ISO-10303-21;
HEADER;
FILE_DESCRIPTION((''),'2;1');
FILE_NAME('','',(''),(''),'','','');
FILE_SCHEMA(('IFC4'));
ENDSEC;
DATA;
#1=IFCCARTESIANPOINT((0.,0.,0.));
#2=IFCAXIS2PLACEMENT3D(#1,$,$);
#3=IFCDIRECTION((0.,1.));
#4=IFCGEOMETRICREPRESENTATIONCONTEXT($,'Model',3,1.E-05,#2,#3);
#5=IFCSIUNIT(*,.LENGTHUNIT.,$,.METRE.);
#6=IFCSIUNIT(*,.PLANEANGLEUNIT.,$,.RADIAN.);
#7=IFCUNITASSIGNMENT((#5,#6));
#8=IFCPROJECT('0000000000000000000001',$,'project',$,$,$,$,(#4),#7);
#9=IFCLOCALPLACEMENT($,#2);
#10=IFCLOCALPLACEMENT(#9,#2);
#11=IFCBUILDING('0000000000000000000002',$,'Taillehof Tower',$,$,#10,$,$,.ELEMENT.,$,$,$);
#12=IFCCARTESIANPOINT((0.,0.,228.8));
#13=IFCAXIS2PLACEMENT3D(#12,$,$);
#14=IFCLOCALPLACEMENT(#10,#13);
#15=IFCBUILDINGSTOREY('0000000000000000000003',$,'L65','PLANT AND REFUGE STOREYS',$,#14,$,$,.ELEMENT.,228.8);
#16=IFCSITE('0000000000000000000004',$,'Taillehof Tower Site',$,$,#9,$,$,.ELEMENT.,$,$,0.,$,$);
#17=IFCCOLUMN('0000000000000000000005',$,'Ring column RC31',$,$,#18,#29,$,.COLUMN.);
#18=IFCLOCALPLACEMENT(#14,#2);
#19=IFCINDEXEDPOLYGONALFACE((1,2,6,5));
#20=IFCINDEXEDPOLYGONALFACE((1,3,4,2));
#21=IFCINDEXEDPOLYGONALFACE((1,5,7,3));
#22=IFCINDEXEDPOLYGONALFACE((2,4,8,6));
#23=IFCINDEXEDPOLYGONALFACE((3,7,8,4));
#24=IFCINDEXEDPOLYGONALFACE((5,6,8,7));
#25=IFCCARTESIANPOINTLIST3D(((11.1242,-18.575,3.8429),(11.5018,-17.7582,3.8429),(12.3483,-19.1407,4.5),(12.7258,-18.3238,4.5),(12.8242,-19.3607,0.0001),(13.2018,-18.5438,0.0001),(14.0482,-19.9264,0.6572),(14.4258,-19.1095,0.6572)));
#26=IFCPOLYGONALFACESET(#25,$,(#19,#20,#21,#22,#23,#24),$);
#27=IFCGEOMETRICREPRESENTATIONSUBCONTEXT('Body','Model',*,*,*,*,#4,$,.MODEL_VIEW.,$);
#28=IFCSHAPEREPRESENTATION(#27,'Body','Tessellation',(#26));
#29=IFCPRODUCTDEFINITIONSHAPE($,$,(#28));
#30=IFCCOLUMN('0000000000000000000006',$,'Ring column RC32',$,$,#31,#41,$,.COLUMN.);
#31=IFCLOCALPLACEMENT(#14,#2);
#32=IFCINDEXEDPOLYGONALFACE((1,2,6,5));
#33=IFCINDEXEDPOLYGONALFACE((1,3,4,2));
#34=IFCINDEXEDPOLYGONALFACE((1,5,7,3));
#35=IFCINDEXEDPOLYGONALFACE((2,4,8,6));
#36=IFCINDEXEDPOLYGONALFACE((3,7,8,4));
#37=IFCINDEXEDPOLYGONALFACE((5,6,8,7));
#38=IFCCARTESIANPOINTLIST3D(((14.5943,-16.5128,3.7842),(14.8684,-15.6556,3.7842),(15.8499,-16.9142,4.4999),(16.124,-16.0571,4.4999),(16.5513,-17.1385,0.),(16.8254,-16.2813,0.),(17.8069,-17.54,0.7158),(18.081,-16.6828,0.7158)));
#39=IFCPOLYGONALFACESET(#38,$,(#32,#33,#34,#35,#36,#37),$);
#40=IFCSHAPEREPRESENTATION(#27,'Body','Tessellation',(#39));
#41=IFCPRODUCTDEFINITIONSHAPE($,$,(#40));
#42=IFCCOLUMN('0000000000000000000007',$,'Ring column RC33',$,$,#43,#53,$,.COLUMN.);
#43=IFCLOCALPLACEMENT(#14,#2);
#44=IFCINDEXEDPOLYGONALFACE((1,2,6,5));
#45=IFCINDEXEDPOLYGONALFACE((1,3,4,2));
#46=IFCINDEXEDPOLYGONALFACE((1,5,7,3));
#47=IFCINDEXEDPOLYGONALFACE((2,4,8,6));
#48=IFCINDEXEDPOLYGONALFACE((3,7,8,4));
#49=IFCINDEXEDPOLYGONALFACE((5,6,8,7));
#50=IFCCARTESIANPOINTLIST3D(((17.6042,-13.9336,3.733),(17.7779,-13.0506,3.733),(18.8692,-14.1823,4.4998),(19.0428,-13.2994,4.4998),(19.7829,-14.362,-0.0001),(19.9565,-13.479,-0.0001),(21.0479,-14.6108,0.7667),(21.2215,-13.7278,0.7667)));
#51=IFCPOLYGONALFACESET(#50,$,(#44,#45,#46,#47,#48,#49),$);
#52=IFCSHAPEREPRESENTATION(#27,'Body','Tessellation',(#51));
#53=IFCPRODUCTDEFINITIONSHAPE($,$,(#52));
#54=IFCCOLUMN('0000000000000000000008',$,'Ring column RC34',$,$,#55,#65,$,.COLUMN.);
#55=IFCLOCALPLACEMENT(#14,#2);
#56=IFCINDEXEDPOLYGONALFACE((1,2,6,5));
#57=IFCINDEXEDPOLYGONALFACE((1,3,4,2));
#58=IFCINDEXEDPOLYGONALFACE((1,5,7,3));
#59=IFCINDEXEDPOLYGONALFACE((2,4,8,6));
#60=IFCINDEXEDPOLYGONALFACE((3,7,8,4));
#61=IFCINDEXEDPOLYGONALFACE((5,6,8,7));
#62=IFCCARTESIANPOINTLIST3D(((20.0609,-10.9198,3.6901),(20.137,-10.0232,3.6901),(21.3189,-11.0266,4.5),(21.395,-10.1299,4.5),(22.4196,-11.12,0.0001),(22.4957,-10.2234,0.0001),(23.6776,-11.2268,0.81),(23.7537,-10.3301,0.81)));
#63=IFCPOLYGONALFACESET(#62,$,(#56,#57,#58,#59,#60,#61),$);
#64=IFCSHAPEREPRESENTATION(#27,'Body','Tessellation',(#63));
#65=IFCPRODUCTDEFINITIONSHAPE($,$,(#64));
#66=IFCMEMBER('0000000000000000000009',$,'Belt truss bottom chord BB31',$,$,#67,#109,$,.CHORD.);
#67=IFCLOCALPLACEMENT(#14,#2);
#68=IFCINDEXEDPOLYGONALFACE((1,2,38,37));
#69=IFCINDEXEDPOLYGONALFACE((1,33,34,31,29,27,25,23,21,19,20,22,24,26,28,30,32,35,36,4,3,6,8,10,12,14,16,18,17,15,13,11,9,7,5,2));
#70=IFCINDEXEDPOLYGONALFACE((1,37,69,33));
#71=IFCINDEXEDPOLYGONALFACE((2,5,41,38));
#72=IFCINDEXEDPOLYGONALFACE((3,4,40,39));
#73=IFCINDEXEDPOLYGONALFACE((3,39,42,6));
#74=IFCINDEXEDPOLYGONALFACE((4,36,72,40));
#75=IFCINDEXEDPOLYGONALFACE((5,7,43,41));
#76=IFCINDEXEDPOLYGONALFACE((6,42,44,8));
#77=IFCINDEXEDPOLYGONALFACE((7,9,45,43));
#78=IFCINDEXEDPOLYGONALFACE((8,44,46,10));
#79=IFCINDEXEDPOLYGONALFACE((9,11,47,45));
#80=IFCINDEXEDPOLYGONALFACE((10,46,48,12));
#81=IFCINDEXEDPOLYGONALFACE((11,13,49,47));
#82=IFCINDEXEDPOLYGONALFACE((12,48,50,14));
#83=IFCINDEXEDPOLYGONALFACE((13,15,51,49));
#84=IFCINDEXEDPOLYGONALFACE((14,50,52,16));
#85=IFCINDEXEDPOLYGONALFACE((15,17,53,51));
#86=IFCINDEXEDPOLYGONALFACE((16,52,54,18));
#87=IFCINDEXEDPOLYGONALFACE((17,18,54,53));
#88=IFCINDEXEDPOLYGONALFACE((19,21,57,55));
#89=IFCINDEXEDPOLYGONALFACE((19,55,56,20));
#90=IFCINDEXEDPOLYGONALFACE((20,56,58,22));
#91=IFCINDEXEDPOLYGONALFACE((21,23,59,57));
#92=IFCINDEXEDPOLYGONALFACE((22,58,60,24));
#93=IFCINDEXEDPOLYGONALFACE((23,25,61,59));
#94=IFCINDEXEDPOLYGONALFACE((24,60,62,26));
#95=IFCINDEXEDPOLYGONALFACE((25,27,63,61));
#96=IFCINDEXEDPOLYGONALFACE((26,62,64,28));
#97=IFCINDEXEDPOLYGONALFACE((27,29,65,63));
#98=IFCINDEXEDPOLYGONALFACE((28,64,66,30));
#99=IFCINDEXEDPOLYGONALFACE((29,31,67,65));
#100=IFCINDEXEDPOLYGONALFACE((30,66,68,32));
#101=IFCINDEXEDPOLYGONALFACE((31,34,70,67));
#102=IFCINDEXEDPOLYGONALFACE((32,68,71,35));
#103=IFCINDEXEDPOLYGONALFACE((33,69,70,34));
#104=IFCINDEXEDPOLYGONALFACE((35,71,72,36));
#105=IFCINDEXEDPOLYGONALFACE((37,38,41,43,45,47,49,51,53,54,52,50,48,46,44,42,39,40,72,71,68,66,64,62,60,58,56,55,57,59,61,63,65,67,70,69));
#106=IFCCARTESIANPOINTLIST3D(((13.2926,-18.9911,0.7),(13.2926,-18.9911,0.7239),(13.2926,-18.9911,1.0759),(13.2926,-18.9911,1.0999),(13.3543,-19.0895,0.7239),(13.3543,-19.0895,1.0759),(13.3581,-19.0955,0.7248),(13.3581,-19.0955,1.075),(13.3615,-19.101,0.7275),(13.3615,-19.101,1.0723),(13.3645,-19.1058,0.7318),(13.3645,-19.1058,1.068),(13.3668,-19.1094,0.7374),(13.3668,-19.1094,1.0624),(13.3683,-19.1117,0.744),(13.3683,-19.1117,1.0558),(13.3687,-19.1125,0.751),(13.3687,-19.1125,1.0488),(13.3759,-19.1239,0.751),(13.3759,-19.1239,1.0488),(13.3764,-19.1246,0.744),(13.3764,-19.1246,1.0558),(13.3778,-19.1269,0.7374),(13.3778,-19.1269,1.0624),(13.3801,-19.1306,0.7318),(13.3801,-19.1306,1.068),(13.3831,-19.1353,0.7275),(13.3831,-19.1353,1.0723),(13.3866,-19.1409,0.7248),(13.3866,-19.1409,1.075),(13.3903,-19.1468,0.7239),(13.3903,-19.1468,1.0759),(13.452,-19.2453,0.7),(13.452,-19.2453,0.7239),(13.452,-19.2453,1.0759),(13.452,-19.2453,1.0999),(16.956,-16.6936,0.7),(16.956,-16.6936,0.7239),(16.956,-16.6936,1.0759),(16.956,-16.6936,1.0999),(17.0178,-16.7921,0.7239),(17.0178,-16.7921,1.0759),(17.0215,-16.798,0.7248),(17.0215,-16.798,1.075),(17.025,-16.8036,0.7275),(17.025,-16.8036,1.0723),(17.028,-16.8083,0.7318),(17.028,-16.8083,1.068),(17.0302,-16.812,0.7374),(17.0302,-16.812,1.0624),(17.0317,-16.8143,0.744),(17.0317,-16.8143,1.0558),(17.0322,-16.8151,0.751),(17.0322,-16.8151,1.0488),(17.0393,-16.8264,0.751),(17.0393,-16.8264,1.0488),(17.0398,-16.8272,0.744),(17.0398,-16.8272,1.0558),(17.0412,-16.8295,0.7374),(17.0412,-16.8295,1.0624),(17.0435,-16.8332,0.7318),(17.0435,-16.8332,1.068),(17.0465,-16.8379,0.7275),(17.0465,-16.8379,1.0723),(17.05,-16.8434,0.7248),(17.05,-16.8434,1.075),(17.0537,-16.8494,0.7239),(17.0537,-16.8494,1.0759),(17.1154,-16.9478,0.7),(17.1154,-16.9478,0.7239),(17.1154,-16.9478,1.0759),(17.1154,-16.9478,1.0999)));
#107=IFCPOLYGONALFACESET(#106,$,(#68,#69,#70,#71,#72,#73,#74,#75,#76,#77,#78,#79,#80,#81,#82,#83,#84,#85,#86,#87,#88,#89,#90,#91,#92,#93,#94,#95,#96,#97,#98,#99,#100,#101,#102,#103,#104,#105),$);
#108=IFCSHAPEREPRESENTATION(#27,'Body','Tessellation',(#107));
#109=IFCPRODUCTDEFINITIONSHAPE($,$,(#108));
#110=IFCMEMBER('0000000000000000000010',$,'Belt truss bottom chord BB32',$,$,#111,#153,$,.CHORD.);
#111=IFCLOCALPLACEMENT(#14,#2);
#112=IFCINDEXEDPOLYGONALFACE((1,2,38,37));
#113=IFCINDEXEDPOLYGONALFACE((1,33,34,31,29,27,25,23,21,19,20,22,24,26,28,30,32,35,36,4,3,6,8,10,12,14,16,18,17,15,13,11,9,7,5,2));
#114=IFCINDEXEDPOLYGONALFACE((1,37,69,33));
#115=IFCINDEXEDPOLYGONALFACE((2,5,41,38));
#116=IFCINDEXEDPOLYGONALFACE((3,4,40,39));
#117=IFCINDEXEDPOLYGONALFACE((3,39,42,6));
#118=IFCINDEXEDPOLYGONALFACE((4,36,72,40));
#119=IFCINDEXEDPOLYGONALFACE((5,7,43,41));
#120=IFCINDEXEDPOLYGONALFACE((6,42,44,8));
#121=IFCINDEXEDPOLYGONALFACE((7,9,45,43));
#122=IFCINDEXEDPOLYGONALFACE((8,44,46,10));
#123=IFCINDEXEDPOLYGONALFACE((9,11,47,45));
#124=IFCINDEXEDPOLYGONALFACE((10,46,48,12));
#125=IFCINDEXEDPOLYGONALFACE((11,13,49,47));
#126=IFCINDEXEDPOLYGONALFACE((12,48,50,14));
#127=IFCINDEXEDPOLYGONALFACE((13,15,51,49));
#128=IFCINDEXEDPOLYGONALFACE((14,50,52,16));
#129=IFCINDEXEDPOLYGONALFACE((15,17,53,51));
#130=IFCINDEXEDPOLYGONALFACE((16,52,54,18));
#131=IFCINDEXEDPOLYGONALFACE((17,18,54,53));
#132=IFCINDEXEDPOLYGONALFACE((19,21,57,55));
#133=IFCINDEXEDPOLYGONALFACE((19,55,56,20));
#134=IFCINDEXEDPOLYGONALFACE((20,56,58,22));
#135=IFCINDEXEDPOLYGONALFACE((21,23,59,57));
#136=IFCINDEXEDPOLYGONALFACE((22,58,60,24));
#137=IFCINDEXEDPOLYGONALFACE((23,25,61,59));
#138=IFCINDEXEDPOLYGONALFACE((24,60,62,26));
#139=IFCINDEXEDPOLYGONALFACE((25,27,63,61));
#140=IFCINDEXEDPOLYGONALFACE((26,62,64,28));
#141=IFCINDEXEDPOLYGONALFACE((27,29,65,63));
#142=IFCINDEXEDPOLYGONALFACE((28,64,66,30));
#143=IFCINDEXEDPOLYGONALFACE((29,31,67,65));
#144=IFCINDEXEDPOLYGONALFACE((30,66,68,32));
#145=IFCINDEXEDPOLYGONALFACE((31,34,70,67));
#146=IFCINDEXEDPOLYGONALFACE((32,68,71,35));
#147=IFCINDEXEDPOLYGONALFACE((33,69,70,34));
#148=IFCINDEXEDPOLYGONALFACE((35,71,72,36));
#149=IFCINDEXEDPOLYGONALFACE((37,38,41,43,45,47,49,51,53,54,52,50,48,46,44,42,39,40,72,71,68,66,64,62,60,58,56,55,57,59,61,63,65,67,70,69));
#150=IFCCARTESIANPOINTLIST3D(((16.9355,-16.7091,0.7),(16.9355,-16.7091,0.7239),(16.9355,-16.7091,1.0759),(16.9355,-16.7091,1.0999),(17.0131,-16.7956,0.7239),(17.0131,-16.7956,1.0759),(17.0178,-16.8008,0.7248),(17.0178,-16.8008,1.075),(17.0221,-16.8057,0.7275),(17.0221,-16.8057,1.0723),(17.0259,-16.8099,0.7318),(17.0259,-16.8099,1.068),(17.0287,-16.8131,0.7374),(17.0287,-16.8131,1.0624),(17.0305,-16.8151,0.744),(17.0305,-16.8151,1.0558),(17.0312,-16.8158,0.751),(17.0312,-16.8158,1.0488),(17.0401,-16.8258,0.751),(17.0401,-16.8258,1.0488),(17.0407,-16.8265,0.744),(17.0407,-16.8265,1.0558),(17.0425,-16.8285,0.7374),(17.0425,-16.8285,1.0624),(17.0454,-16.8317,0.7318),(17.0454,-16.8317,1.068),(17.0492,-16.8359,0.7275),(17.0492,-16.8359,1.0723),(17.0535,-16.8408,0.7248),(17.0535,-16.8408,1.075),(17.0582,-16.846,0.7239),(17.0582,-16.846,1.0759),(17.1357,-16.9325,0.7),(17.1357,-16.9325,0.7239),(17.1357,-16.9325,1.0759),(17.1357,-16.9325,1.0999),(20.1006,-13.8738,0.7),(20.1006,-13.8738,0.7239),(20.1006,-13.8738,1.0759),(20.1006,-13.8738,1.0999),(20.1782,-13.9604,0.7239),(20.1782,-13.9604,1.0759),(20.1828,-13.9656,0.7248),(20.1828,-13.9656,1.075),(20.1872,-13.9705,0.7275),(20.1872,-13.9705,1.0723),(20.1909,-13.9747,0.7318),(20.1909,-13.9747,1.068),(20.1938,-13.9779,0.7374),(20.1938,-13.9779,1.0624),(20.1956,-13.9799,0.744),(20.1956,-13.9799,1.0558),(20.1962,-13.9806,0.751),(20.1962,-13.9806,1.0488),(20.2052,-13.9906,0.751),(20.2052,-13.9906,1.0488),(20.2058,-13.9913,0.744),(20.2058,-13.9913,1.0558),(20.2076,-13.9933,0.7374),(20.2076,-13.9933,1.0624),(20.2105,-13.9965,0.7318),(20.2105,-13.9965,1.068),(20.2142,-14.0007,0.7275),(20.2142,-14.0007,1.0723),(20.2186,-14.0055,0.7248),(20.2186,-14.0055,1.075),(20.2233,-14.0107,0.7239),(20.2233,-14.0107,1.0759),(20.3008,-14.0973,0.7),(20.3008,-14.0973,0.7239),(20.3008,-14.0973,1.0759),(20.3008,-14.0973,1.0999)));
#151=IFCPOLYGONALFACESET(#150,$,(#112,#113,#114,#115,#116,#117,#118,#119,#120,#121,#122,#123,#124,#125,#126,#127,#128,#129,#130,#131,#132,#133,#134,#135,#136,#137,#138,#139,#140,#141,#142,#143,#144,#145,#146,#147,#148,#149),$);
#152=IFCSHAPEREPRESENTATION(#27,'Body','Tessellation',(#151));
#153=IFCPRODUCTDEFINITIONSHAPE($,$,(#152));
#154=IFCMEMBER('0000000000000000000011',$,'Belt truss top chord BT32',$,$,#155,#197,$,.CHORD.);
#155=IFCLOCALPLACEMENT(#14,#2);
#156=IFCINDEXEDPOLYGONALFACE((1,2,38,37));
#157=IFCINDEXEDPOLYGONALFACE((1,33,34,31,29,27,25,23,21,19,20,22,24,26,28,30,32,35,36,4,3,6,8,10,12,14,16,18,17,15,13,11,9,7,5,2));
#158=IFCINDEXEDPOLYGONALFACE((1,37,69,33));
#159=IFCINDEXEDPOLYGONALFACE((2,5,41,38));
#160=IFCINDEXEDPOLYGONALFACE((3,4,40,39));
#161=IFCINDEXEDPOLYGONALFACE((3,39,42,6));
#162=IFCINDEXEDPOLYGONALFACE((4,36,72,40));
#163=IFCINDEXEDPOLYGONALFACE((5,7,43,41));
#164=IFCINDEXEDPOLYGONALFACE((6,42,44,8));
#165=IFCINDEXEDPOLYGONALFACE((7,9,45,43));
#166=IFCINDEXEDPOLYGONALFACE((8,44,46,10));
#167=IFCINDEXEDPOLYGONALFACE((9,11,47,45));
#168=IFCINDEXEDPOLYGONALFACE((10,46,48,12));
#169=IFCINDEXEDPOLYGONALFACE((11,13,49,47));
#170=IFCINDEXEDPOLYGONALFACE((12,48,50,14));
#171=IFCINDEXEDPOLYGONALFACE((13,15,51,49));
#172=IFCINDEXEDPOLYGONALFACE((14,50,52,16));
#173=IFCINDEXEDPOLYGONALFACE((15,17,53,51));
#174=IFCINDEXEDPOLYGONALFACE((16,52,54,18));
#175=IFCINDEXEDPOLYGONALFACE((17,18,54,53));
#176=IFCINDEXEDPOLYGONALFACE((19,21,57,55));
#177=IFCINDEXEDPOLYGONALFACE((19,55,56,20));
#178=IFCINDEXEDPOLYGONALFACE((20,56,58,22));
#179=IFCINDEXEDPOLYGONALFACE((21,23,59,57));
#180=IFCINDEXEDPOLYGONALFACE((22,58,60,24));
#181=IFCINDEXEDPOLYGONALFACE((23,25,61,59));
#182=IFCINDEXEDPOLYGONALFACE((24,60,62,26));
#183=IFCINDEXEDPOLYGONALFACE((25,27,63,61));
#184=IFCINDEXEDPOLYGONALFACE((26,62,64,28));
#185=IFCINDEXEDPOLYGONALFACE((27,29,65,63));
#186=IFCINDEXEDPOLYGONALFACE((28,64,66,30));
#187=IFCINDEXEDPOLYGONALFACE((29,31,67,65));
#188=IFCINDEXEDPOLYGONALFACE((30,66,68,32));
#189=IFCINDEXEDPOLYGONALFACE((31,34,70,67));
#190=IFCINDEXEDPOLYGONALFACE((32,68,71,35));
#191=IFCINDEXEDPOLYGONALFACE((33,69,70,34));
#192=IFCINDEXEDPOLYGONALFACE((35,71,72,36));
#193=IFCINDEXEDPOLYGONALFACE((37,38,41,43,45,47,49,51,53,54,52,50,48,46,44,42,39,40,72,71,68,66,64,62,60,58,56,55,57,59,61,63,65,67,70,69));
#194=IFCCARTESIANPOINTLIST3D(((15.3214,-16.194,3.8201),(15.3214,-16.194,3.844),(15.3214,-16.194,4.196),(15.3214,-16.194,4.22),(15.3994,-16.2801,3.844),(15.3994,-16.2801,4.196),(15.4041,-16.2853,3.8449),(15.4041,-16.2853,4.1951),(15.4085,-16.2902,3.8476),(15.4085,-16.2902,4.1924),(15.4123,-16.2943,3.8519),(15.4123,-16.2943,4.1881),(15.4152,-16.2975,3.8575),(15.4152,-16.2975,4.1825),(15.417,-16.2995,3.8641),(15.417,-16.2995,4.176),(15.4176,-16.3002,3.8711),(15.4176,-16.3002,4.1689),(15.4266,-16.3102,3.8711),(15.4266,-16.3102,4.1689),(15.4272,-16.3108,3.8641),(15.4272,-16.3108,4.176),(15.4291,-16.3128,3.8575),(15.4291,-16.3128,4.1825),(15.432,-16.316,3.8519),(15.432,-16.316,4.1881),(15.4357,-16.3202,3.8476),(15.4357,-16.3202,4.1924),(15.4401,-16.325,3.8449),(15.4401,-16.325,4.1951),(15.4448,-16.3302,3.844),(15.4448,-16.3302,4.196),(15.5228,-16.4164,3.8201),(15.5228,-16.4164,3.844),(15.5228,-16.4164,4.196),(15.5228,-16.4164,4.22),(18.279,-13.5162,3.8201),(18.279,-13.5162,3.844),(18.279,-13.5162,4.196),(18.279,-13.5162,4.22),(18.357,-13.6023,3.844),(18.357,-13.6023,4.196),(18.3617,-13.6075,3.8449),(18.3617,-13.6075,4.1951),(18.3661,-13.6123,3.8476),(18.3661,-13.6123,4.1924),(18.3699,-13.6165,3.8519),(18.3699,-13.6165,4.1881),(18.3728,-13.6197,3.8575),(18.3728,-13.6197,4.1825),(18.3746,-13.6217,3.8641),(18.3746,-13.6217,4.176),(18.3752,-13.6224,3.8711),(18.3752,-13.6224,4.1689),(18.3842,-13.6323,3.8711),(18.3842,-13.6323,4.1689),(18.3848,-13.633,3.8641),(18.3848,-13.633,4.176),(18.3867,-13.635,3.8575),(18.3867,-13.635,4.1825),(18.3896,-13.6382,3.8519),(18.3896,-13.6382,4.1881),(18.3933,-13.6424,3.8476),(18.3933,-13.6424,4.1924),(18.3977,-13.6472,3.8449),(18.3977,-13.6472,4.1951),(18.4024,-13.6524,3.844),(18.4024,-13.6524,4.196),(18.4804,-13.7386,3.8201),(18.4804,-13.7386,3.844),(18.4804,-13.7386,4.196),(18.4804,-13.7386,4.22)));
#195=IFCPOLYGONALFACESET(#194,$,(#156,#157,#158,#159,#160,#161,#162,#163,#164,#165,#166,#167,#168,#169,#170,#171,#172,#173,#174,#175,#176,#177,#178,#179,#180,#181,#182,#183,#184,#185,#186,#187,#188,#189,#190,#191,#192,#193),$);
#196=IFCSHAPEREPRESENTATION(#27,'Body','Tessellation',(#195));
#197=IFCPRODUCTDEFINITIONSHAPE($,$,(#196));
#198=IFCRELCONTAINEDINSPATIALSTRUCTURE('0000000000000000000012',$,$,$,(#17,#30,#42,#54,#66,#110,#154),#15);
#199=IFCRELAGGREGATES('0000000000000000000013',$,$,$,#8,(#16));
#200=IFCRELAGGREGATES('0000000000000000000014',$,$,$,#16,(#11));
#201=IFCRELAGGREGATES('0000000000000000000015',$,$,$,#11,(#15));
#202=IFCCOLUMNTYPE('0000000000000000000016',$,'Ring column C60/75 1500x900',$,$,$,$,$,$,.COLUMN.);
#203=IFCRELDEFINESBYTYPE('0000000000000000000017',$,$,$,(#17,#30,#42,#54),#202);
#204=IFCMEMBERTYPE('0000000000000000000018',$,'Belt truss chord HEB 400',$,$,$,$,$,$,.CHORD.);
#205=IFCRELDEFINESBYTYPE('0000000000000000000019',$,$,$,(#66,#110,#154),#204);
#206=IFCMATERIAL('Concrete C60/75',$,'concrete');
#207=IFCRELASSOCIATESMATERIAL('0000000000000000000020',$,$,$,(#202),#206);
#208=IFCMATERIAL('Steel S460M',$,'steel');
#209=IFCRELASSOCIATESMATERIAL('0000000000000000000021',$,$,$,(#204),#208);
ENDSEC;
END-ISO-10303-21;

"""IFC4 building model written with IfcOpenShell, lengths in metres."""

from ifc_helpers import new_model, si_unit, direction, frame, origin, origin_2d, place, context, subcontext, project, spatial, rectangle, i_section, extrude, material, material_profile, profile_set, type_object, element, save


model = new_model("IFC4")

# Units and contexts
model_context = context("Model", 3, precision=1e-05, world=origin(), true_north=direction((0.0, 1.0)))
body_context = subcontext(model_context, "Body", "Model", "MODEL_VIEW")
ifc_project = project(units=[si_unit("LENGTHUNIT", "METRE"), si_unit("PLANEANGLEUNIT", "RADIAN")], contexts=[model_context])

# Site, building, storey
site_placement = place(None, origin())
site = spatial("IfcSite", under=ifc_project, at=site_placement, Name="Taillehof Tower Site", CompositionType="ELEMENT", RefElevation=0.0)
building_placement = place(site_placement, origin())
building = spatial("IfcBuilding", under=site, at=building_placement, Name="Taillehof Tower", CompositionType="ELEMENT")
storey_placement = place(building_placement, frame((0.0, 0.0, 228.8)))
storey = spatial("IfcBuildingStorey", under=building, at=storey_placement, Name="L65", Description="PLANT AND REFUGE STOREYS", CompositionType="ELEMENT", Elevation=228.8)

# Columns
ifc_material_1 = material(Name="Concrete C60/75", Category="concrete")
ifc_material_profile_1 = material_profile(ifc_material_1, rectangle(XDim=1.5, YDim=0.8999, at=origin_2d()), Name="RC 1500x900")
ifc_profile_set_1 = profile_set([ifc_material_profile_1], Name="Concrete C60/75")
column_type = type_object("IfcColumnType", Name="Ring column C60/75 1500x900", PredefinedType="COLUMN", material=ifc_profile_set_1)
column_1_placement = place(storey_placement, frame((13.625, -19.2351, 0.3286), z_axis=(-0.397667, 0.183785, 0.898935), x_axis=(0.816004, -0.377122, 0.438082)))
element("IfcColumn", 1, at=column_1_placement, inside=storey, type_object=column_type, Name="Ring column RC31", PredefinedType="COLUMN", context=body_context, shape_type="SweptSolid", body=[
    extrude(rectangle(XDim=1.5, YDim=0.8999, at=origin_2d()), origin(), (0.0, 0.0, 1.0), 4.2749),
])
column_2_placement = place(storey_placement, frame((17.3162, -16.9106, 0.3579), z_axis=(-0.454491, 0.145317, 0.878818), x_axis=(0.837072, -0.267642, 0.477157)))
element("IfcColumn", 2, at=column_2_placement, inside=storey, type_object=column_type, Name="Ring column RC32", PredefinedType="COLUMN", context=body_context, shape_type="SweptSolid", body=[
    extrude(rectangle(XDim=1.5, YDim=0.8999, at=origin_2d()), origin(), (0.0, 0.0, 1.0), 4.3059),
])
column_3_placement = place(storey_placement, frame((20.5022, -14.0449, 0.3833), z_axis=(-0.501592, 0.098643, 0.859462), x_axis=(0.843309, -0.165846, 0.511199)))
element("IfcColumn", 3, at=column_3_placement, inside=storey, type_object=column_type, Name="Ring column RC33", PredefinedType="COLUMN", context=body_context, shape_type="SweptSolid", body=[
    extrude(rectangle(XDim=1.5, YDim=0.8999, at=origin_2d()), origin(), (0.0, 0.0, 1.0), 4.3435),
])
column_4_placement = place(storey_placement, frame((23.0867, -10.7251, 0.405), z_axis=(-0.538019, 0.045666, 0.841695), x_axis=(0.838679, -0.071185, 0.539953)))
element("IfcColumn", 4, at=column_4_placement, inside=storey, type_object=column_type, Name="Ring column RC34", PredefinedType="COLUMN", context=body_context, shape_type="SweptSolid", body=[
    extrude(rectangle(XDim=1.5, YDim=0.8999, at=origin_2d()), origin(), (0.0, 0.0, 1.0), 4.384),
])

# Members
ifc_material_2 = material(Name="Steel S460M", Category="steel")
ifc_material_profile_2 = material_profile(ifc_material_2, i_section(OverallWidth=0.3, OverallDepth=0.3999, WebThickness=0.0134, FlangeThickness=0.0239, FilletRadius=0.0271, at=origin_2d()), Name="HEB 400")
ifc_profile_set_2 = profile_set([ifc_material_profile_2], Name="Steel S460M")
member_type_1 = type_object("IfcMemberType", Name="Belt truss chord HEB 400", PredefinedType="CHORD", material=ifc_profile_set_2)
member_1_placement = place(storey_placement, frame((13.3723, -19.1182, 0.8999), z_axis=(0.847188, 0.531292, 0.0), x_axis=(-0.531292, 0.847188, 0.0)))
element("IfcMember", 5, at=member_1_placement, inside=storey, type_object=member_type_1, Name="Belt truss bottom chord BB31", PredefinedType="CHORD", context=body_context, shape_type="SweptSolid", body=[
    extrude(i_section(OverallWidth=0.3, OverallDepth=0.3999, WebThickness=0.0134, FlangeThickness=0.0239, FilletRadius=0.0271, at=origin_2d()), origin(), (0.0, 0.0, 1.0), 4.3242),
])
member_2_placement = place(storey_placement, frame((17.0356, -16.8208, 0.8999), z_axis=(0.744852, 0.66723, 0.0), x_axis=(-0.66723, 0.744852, 0.0)))
element("IfcMember", 6, at=member_2_placement, inside=storey, type_object=member_type_1, Name="Belt truss bottom chord BB32", PredefinedType="CHORD", context=body_context, shape_type="SweptSolid", body=[
    extrude(i_section(OverallWidth=0.3, OverallDepth=0.3999, WebThickness=0.0134, FlangeThickness=0.0239, FilletRadius=0.0271, at=origin_2d()), origin(), (0.0, 0.0, 1.0), 4.2493),
])
member_3_placement = place(storey_placement, frame((15.4221, -16.3052, 4.02), z_axis=(0.741301, 0.671173, 0.0), x_axis=(-0.671173, 0.741301, 0.0)))
element("IfcMember", 7, at=member_3_placement, inside=storey, type_object=member_type_1, Name="Belt truss top chord BT32", PredefinedType="CHORD", context=body_context, shape_type="SweptSolid", body=[
    extrude(i_section(OverallWidth=0.3, OverallDepth=0.3999, WebThickness=0.0134, FlangeThickness=0.0239, FilletRadius=0.0271, at=origin_2d()), origin(), (0.0, 0.0, 1.0), 3.9897),
])

save(model, "model.ifc")
